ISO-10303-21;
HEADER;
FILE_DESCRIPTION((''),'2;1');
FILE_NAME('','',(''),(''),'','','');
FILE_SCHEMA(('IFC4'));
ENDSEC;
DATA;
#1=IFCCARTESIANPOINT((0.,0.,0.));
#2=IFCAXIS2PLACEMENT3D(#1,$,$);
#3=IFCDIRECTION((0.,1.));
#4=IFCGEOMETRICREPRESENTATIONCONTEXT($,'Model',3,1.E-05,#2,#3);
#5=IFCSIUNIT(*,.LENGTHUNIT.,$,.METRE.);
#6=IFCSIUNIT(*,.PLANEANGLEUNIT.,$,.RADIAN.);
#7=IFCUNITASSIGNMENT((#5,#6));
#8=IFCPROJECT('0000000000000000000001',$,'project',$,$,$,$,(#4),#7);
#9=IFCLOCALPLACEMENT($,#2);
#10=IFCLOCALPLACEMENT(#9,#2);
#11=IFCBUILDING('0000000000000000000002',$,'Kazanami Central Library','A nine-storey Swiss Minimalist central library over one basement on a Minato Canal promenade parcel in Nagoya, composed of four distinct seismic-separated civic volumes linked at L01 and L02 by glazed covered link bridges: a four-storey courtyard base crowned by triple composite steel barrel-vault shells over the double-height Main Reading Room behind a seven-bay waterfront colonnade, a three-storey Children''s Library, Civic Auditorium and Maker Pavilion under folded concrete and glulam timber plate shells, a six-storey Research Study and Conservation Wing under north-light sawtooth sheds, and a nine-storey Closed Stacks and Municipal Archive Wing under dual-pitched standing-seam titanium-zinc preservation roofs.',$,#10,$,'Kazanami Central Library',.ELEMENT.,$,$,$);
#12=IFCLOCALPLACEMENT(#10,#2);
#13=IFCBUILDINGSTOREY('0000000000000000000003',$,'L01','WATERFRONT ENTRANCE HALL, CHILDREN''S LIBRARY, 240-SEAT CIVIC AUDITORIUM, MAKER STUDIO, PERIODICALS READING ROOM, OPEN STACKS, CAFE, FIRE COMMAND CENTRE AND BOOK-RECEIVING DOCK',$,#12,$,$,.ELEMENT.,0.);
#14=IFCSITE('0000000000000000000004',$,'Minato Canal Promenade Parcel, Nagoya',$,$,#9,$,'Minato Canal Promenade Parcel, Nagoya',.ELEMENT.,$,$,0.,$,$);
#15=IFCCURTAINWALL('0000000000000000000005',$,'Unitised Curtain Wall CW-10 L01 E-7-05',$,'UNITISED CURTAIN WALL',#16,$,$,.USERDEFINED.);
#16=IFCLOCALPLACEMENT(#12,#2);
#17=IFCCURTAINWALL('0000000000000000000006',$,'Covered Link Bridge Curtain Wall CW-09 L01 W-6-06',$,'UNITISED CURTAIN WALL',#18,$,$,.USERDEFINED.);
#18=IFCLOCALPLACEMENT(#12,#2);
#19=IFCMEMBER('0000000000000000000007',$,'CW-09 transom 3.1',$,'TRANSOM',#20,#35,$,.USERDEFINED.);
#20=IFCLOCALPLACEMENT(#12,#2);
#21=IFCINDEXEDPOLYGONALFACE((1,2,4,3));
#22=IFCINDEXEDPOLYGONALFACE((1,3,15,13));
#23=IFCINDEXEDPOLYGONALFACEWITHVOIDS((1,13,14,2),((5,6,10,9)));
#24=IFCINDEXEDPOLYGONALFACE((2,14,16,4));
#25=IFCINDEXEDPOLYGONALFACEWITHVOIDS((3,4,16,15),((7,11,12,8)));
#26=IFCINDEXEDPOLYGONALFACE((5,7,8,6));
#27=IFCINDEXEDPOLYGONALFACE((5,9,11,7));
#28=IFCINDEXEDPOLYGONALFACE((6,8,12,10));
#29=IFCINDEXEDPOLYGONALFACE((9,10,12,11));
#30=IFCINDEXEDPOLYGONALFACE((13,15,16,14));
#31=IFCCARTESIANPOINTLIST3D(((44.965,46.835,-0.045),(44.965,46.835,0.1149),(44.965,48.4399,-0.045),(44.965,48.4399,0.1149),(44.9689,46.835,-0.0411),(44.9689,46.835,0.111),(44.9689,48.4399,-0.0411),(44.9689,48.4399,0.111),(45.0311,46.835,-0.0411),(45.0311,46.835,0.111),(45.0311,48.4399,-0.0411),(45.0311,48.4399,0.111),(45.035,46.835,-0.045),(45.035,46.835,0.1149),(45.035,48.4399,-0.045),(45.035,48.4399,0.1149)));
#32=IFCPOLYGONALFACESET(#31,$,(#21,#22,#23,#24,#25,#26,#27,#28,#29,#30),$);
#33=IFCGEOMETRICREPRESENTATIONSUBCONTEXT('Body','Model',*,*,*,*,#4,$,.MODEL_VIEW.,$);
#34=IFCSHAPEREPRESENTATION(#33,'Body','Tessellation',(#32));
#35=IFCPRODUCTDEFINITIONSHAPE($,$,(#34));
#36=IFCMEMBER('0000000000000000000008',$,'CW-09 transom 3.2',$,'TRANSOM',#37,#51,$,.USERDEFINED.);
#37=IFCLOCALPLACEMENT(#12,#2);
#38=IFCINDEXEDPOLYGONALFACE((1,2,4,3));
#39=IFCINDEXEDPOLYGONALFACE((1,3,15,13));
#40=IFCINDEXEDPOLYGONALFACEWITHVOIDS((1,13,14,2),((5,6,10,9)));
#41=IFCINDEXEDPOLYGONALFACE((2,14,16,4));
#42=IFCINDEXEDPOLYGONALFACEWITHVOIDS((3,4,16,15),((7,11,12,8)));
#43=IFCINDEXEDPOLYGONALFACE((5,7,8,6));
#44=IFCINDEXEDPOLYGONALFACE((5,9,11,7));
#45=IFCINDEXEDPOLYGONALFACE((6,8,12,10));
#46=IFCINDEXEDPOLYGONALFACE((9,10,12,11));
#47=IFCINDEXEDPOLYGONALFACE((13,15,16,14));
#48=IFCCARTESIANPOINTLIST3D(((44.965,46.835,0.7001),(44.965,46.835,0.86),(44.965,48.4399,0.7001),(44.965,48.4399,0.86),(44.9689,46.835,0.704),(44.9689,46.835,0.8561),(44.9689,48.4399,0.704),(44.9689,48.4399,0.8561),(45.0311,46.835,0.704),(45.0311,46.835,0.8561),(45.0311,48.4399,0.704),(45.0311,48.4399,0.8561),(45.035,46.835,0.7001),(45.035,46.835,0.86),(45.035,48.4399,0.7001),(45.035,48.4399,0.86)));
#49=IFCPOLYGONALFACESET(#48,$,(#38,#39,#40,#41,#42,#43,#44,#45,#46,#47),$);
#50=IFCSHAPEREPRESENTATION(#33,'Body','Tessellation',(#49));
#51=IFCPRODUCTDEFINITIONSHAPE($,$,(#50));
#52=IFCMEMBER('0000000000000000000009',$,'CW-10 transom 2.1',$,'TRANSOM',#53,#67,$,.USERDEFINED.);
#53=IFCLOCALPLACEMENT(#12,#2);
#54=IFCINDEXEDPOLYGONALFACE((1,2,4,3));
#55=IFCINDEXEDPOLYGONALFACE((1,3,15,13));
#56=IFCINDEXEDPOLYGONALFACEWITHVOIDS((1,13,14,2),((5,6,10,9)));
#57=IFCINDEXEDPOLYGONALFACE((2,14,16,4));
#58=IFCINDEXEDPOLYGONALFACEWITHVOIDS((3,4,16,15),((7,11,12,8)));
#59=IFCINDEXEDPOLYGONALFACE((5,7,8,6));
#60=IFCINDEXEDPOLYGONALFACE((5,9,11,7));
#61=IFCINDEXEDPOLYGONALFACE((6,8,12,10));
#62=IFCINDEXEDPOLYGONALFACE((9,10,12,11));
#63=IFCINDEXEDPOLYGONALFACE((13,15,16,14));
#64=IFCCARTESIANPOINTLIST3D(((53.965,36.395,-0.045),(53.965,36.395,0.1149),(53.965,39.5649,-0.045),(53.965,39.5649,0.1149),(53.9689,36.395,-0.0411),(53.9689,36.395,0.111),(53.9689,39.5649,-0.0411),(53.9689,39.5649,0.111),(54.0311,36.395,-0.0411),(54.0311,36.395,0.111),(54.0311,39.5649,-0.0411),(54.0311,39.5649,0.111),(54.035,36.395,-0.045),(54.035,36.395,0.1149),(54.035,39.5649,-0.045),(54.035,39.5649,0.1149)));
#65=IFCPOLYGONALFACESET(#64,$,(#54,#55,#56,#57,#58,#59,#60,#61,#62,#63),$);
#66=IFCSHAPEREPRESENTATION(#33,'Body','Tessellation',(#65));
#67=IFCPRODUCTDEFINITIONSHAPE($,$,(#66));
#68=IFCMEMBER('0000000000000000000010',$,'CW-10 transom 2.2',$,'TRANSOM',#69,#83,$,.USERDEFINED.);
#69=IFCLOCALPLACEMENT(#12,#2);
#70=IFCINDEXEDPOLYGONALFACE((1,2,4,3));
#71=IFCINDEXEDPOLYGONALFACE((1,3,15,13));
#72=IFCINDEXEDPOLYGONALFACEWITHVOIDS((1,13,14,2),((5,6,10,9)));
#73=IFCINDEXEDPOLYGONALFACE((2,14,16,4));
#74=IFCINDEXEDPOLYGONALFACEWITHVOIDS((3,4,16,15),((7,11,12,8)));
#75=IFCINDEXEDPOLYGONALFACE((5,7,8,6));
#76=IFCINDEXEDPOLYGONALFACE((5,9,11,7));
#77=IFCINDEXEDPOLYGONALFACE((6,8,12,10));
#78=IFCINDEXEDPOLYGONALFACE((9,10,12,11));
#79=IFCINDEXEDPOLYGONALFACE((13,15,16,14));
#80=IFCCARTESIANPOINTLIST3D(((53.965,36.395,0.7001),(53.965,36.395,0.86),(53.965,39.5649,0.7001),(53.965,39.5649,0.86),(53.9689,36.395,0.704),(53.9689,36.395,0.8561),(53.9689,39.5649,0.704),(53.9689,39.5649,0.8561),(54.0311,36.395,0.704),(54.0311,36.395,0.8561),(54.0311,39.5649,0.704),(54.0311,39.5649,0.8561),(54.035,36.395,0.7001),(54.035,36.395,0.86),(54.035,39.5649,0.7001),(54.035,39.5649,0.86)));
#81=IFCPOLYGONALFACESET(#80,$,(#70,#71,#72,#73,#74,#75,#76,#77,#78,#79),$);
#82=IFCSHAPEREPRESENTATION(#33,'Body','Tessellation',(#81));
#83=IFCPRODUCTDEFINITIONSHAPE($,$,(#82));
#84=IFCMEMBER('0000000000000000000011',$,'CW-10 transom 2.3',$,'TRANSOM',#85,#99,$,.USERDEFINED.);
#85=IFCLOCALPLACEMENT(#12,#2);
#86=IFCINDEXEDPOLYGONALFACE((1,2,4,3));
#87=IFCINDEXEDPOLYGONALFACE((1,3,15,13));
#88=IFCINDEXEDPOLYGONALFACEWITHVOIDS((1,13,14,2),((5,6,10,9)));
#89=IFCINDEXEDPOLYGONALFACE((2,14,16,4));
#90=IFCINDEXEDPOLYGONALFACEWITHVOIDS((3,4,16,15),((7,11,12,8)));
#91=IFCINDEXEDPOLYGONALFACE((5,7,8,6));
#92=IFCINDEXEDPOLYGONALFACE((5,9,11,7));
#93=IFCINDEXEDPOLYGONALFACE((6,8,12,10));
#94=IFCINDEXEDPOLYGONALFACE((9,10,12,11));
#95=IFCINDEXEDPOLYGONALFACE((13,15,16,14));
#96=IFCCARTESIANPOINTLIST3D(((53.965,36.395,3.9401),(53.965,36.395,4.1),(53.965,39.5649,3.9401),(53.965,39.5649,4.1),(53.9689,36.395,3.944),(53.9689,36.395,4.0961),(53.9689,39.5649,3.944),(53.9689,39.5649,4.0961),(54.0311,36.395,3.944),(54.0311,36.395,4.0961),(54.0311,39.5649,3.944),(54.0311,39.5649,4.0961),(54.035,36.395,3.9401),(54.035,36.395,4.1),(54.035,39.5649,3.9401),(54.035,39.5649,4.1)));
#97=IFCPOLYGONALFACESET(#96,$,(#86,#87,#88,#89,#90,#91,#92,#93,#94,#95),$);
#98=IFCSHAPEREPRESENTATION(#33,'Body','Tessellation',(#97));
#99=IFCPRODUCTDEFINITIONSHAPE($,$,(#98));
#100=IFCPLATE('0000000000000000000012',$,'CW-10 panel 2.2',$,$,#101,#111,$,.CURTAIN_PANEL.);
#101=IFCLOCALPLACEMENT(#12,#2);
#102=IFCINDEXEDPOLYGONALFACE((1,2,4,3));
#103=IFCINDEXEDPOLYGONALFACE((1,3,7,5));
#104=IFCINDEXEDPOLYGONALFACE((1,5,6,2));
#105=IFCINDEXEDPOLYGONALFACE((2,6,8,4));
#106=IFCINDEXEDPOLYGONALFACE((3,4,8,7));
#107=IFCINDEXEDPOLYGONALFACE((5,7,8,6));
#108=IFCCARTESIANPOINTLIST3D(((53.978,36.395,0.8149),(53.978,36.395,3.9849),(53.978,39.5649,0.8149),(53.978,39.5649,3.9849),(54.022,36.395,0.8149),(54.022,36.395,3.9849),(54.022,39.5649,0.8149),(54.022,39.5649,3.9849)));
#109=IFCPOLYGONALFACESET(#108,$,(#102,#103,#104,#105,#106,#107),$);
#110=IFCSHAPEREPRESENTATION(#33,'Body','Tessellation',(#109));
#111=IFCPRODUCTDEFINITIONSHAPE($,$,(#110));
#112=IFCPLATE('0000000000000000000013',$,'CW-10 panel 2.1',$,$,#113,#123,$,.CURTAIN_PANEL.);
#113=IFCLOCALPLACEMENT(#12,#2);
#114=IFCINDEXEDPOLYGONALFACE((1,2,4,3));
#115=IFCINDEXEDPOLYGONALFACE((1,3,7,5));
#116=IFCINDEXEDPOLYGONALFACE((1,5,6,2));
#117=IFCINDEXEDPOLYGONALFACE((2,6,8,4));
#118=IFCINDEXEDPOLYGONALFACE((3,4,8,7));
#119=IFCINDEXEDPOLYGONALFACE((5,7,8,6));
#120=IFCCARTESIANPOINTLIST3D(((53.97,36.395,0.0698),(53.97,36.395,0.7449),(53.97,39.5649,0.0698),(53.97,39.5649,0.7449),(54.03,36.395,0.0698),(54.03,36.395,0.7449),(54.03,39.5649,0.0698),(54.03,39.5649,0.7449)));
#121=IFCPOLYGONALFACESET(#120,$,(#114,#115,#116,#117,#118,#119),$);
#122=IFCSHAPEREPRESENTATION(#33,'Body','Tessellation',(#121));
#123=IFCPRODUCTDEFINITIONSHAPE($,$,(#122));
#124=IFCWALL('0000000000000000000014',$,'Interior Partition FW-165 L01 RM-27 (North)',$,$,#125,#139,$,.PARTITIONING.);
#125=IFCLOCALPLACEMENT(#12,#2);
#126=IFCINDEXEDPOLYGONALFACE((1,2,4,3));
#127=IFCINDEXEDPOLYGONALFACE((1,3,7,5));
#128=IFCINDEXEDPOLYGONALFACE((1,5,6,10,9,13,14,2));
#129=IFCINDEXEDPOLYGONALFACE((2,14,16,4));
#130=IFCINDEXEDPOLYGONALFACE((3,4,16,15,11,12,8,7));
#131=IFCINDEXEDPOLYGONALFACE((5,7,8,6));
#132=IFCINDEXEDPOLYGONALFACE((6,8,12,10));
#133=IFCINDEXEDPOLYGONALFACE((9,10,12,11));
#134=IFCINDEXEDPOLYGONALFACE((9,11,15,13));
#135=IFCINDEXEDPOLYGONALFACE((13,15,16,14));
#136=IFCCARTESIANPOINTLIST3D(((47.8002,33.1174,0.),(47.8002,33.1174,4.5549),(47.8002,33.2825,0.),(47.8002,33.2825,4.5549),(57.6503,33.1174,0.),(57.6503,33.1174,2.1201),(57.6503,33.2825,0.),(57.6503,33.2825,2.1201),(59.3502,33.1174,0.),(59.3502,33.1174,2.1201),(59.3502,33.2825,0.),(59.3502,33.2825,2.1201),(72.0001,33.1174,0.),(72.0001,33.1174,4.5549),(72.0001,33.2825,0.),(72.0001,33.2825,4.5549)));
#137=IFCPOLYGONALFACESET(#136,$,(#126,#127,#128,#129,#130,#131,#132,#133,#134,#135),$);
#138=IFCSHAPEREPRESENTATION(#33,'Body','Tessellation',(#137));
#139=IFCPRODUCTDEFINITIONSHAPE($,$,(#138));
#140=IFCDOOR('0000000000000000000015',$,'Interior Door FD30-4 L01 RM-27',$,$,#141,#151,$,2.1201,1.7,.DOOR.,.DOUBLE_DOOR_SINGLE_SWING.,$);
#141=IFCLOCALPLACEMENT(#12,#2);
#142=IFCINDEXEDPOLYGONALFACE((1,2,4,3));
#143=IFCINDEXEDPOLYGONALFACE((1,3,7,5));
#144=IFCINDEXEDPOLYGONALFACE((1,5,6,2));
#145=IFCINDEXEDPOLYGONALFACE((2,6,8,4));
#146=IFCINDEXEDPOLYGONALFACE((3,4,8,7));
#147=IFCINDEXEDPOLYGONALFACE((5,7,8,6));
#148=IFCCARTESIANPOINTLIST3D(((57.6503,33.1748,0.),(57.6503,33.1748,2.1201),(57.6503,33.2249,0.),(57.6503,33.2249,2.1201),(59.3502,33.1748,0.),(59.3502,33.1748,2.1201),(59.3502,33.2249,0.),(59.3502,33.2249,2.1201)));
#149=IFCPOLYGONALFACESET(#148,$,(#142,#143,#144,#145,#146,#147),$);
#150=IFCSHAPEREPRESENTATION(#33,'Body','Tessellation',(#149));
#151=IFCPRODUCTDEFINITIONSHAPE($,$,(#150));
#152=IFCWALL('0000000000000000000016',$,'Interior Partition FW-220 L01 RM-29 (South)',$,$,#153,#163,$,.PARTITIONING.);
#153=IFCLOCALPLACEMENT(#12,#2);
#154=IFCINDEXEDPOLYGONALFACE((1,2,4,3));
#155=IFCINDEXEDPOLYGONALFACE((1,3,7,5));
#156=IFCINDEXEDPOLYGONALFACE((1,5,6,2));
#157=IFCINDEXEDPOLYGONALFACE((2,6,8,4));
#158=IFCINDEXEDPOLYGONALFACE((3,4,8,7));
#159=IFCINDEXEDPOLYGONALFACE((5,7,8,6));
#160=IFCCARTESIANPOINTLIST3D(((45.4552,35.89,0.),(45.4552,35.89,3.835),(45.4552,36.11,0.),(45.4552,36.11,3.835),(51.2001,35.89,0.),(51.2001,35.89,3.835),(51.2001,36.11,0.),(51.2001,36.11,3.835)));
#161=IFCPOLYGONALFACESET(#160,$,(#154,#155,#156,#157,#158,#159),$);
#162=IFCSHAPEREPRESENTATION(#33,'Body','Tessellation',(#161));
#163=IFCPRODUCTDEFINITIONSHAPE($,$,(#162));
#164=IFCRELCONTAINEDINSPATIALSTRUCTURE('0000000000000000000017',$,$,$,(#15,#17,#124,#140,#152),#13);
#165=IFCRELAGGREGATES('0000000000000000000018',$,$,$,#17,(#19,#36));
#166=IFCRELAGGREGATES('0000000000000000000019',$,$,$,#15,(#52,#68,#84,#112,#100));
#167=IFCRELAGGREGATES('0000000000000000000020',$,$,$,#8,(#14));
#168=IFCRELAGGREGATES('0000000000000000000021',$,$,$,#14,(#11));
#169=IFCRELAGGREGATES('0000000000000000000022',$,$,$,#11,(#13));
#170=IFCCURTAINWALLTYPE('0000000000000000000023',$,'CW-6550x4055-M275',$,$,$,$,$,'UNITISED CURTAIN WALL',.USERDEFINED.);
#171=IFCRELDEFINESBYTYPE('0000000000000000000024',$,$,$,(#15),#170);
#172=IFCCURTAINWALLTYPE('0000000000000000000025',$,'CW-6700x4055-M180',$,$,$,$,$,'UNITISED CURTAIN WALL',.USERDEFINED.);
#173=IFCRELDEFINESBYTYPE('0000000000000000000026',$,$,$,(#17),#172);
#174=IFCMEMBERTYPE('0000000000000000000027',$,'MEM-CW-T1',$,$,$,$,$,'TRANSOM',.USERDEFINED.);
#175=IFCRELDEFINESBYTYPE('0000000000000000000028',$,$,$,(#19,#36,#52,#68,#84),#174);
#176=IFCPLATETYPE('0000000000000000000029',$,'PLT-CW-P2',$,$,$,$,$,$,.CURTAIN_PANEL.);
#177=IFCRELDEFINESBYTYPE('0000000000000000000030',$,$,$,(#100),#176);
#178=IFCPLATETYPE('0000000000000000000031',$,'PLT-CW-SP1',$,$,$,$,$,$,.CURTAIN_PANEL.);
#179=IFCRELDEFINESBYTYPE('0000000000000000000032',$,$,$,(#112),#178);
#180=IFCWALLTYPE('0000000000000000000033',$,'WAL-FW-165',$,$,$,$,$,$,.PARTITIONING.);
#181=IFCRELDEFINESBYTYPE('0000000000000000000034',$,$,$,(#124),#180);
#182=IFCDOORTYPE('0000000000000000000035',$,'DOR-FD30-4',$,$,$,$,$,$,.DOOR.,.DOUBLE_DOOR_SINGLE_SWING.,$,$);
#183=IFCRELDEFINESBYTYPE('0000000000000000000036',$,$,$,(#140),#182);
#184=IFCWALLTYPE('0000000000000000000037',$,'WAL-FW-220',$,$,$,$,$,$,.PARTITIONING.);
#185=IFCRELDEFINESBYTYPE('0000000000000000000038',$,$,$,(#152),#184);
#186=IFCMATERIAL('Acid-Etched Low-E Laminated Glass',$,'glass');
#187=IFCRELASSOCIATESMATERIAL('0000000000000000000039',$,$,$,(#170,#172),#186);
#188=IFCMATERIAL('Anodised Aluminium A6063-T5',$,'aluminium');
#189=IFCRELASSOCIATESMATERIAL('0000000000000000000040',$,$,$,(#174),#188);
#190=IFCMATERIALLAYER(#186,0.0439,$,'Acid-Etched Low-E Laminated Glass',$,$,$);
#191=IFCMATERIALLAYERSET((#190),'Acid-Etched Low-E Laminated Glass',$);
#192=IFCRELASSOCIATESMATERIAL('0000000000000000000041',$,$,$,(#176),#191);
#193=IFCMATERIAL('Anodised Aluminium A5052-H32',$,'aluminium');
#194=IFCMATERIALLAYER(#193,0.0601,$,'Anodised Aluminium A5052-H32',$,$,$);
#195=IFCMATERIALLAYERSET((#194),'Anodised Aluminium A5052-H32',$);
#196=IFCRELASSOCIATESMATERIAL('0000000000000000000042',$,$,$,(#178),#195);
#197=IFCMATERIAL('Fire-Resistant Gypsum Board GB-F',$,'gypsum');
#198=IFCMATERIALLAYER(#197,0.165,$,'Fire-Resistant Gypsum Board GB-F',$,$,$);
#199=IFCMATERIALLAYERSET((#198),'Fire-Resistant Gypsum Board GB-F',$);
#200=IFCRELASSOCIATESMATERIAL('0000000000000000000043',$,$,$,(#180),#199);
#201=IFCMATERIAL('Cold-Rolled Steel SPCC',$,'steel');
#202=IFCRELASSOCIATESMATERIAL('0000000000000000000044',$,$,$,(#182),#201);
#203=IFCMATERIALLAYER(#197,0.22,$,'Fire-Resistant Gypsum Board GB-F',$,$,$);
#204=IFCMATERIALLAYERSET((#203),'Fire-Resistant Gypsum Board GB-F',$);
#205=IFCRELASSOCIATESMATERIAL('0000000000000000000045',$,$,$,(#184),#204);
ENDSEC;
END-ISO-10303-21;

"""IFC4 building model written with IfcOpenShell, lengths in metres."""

from ifc_helpers import new_model, si_unit, direction, frame, frame_2d, origin, origin_2d, place, context, subcontext, project, spatial, rectangle, hollow_rectangle, extrude, material, layer, layer_set, material_profile, profile_set, type_object, element, fill, aggregate, save


model = new_model("IFC4")

# Units and contexts
model_context = context("Model", 3, precision=1e-05, world=origin(), true_north=direction((0.0, 1.0)))
body_context = subcontext(model_context, "Body", "Model", "MODEL_VIEW")
ifc_project = project(units=[si_unit("LENGTHUNIT", "METRE"), si_unit("PLANEANGLEUNIT", "RADIAN")], contexts=[model_context])

# Site, building, storey
site_placement = place(None, origin())
site = spatial("IfcSite", under=ifc_project, at=site_placement, Name="Minato Canal Promenade Parcel, Nagoya", LongName="Minato Canal Promenade Parcel, Nagoya", CompositionType="ELEMENT", RefElevation=0.0)
building_placement = place(site_placement, origin())
building = spatial("IfcBuilding", under=site, at=building_placement, Name="Kazanami Central Library", Description="A nine-storey Swiss Minimalist central library over one basement on a Minato Canal promenade parcel in Nagoya, composed of four distinct seismic-separated civic volumes linked at L01 and L02 by glazed covered link bridges: a four-storey courtyard base crowned by triple composite steel barrel-vault shells over the double-height Main Reading Room behind a seven-bay waterfront colonnade, a three-storey Children's Library, Civic Auditorium and Maker Pavilion under folded concrete and glulam timber plate shells, a six-storey Research Study and Conservation Wing under north-light sawtooth sheds, and a nine-storey Closed Stacks and Municipal Archive Wing under dual-pitched standing-seam titanium-zinc preservation roofs.", LongName="Kazanami Central Library", CompositionType="ELEMENT")
storey_placement = place(building_placement, origin())
storey = spatial("IfcBuildingStorey", under=building, at=storey_placement, Name="L01", Description="WATERFRONT ENTRANCE HALL, CHILDREN'S LIBRARY, 240-SEAT CIVIC AUDITORIUM, MAKER STUDIO, PERIODICALS READING ROOM, OPEN STACKS, CAFE, FIRE COMMAND CENTRE AND BOOK-RECEIVING DOCK", CompositionType="ELEMENT", Elevation=0.0)

# Curtain wall
ifc_material_1 = material(Name="Acid-Etched Low-E Laminated Glass", Category="glass")
curtain_wall_type_1 = type_object("IfcCurtainWallType", Name="CW-6550x4055-M275", ElementType="UNITISED CURTAIN WALL", PredefinedType="USERDEFINED", material=ifc_material_1)
curtain_wall_1_placement = place(storey_placement, origin())
curtain_wall_1 = element("IfcCurtainWall", 1, at=curtain_wall_1_placement, inside=storey, type_object=curtain_wall_type_1, Name="Unitised Curtain Wall CW-10 L01 E-7-05", ObjectType="UNITISED CURTAIN WALL", PredefinedType="USERDEFINED")
ifc_material_2 = material(Name="Anodised Aluminium A6063-T5", Category="aluminium")

# Curtain wall, members
curtain_wall_type_2 = type_object("IfcCurtainWallType", Name="CW-6700x4055-M180", ElementType="UNITISED CURTAIN WALL", PredefinedType="USERDEFINED", material=ifc_material_1)
curtain_wall_2_placement = place(storey_placement, origin())
curtain_wall_2 = element("IfcCurtainWall", 2, at=curtain_wall_2_placement, inside=storey, type_object=curtain_wall_type_2, Name="Covered Link Bridge Curtain Wall CW-09 L01 W-6-06", ObjectType="UNITISED CURTAIN WALL", PredefinedType="USERDEFINED")
ifc_material_profile_1 = material_profile(ifc_material_2, hollow_rectangle(XDim=0.0701, YDim=0.1599, WallThickness=0.0039, at=origin_2d()), Name="ALU-TRAN-70x160x4")
ifc_profile_set_1 = profile_set([ifc_material_profile_1], Name="Anodised Aluminium A6063-T5")
member_type_1 = type_object("IfcMemberType", Name="MEM-CW-T1", ElementType="TRANSOM", PredefinedType="USERDEFINED", material=ifc_profile_set_1)
member_1_placement = place(storey_placement, frame((45.0, 46.835, 0.0349), z_axis=(0.0, 1.0, 0.0), x_axis=(-1.0, 0.0, 0.0)))
member_1 = element("IfcMember", 3, at=member_1_placement, type_object=member_type_1, Name="CW-09 transom 3.1", ObjectType="TRANSOM", PredefinedType="USERDEFINED", context=body_context, shape_type="SweptSolid", body=[
    extrude(hollow_rectangle(XDim=0.0701, YDim=0.1599, WallThickness=0.0039, at=origin_2d()), origin(), (0.0, 0.0, 1.0), 1.605),
])
member_2_placement = place(storey_placement, frame((45.0, 46.835, 0.78), z_axis=(0.0, 1.0, 0.0), x_axis=(-1.0, 0.0, 0.0)))
member_2 = element("IfcMember", 4, at=member_2_placement, type_object=member_type_1, Name="CW-09 transom 3.2", ObjectType="TRANSOM", PredefinedType="USERDEFINED", context=body_context, shape_type="SweptSolid", body=[
    extrude(hollow_rectangle(XDim=0.0701, YDim=0.1599, WallThickness=0.0039, at=origin_2d()), origin(), (0.0, 0.0, 1.0), 1.605),
])
aggregate(curtain_wall_2, [member_1, member_2])

# Members
member_3_placement = place(storey_placement, frame((54.0, 39.5649, 0.0349), z_axis=(0.0, -1.0, 0.0), x_axis=(1.0, 0.0, 0.0)))
member_3 = element("IfcMember", 5, at=member_3_placement, type_object=member_type_1, Name="CW-10 transom 2.1", ObjectType="TRANSOM", PredefinedType="USERDEFINED", context=body_context, shape_type="SweptSolid", body=[
    extrude(hollow_rectangle(XDim=0.0701, YDim=0.1599, WallThickness=0.0039, at=origin_2d()), origin(), (0.0, 0.0, 1.0), 3.1699),
])
member_4_placement = place(storey_placement, frame((54.0, 39.5649, 0.78), z_axis=(0.0, -1.0, 0.0), x_axis=(1.0, 0.0, 0.0)))
member_4 = element("IfcMember", 6, at=member_4_placement, type_object=member_type_1, Name="CW-10 transom 2.2", ObjectType="TRANSOM", PredefinedType="USERDEFINED", context=body_context, shape_type="SweptSolid", body=[
    extrude(hollow_rectangle(XDim=0.0701, YDim=0.1599, WallThickness=0.0039, at=origin_2d()), origin(), (0.0, 0.0, 1.0), 3.1699),
])
member_5_placement = place(storey_placement, frame((54.0, 39.5649, 4.02), z_axis=(0.0, -1.0, 0.0), x_axis=(1.0, 0.0, 0.0)))
member_5 = element("IfcMember", 7, at=member_5_placement, type_object=member_type_1, Name="CW-10 transom 2.3", ObjectType="TRANSOM", PredefinedType="USERDEFINED", context=body_context, shape_type="SweptSolid", body=[
    extrude(hollow_rectangle(XDim=0.0701, YDim=0.1599, WallThickness=0.0039, at=origin_2d()), origin(), (0.0, 0.0, 1.0), 3.1699),
])

# Plates
ifc_layer_1 = layer(ifc_material_1, 0.0439, Name="Acid-Etched Low-E Laminated Glass")
ifc_layer_set_1 = layer_set([ifc_layer_1], Name="Acid-Etched Low-E Laminated Glass")
plate_type_1 = type_object("IfcPlateType", Name="PLT-CW-P2", PredefinedType="CURTAIN_PANEL", material=ifc_layer_set_1)
plate_1_placement = place(storey_placement, frame((54.0, 37.98, 0.8149), z_axis=(0.0, 0.0, 1.0), x_axis=(0.0, -1.0, 0.0)))
plate_1 = element("IfcPlate", 8, at=plate_1_placement, type_object=plate_type_1, Name="CW-10 panel 2.2", PredefinedType="CURTAIN_PANEL", context=body_context, shape_type="SweptSolid", body=[
    extrude(rectangle(XDim=3.1699, YDim=0.0439, at=origin_2d()), origin(), (0.0, 0.0, 1.0), 3.1699),
])
ifc_material_3 = material(Name="Anodised Aluminium A5052-H32", Category="aluminium")
ifc_layer_2 = layer(ifc_material_3, 0.0601, Name="Anodised Aluminium A5052-H32")
ifc_layer_set_2 = layer_set([ifc_layer_2], Name="Anodised Aluminium A5052-H32")
plate_type_2 = type_object("IfcPlateType", Name="PLT-CW-SP1", PredefinedType="CURTAIN_PANEL", material=ifc_layer_set_2)
plate_2_placement = place(storey_placement, frame((54.0, 37.98, 0.0698), z_axis=(0.0, 0.0, 1.0), x_axis=(0.0, -1.0, 0.0)))
plate_2 = element("IfcPlate", 9, at=plate_2_placement, type_object=plate_type_2, Name="CW-10 panel 2.1", PredefinedType="CURTAIN_PANEL", context=body_context, shape_type="SweptSolid", body=[
    extrude(rectangle(XDim=3.1699, YDim=0.0601, at=origin_2d()), origin(), (0.0, 0.0, 1.0), 0.675),
])
aggregate(curtain_wall_1, [member_3, member_4, member_5, plate_2, plate_1])

# Wall, opening, door
ifc_material_4 = material(Name="Fire-Resistant Gypsum Board GB-F", Category="gypsum")
ifc_layer_3 = layer(ifc_material_4, 0.165, Name="Fire-Resistant Gypsum Board GB-F")
ifc_layer_set_3 = layer_set([ifc_layer_3], Name="Fire-Resistant Gypsum Board GB-F")
wall_type_1 = type_object("IfcWallType", Name="WAL-FW-165", PredefinedType="PARTITIONING", material=ifc_layer_set_3)
wall_1_placement = place(storey_placement, frame((47.8, 33.2, 0.0), z_axis=(0.0, 0.0, 1.0), x_axis=(1.0, 0.0, 0.0)))
wall_1 = element("IfcWall", 10, at=wall_1_placement, inside=storey, type_object=wall_type_1, Name="Interior Partition FW-165 L01 RM-27 (North)", PredefinedType="PARTITIONING", context=body_context, shape_type="SweptSolid", body=[
    extrude(rectangle(XDim=24.2, YDim=0.165, at=frame_2d((12.1001, 0.0))), origin(), (0.0, 0.0, 1.0), 4.5549),
])
opening_1_placement = place(wall_1_placement, frame((9.8501, 0.0, 0.0)))
opening_1 = element("IfcOpeningElement", 11, at=opening_1_placement, cuts=wall_1, PredefinedType="OPENING", context=body_context, shape_type="SweptSolid", body=[
    extrude(rectangle(XDim=1.7, YDim=2.1201, at=frame_2d((0.8501, 1.0601))), frame((0.0, 0.0945, 0.0), z_axis=(0.0, -1.0, 0.0), x_axis=(1.0, 0.0, 0.0)), (0.0, 0.0, 1.0), 0.189),
])
ifc_material_5 = material(Name="Cold-Rolled Steel SPCC", Category="steel")
door_type_1 = type_object("IfcDoorType", Name="DOR-FD30-4", OperationType="DOUBLE_DOOR_SINGLE_SWING", PredefinedType="DOOR", material=ifc_material_5)
door_1_placement = place(opening_1_placement, origin())
door_1 = element("IfcDoor", 12, at=door_1_placement, inside=storey, type_object=door_type_1, Name="Interior Door FD30-4 L01 RM-27", OperationType="DOUBLE_DOOR_SINGLE_SWING", OverallHeight=2.1201, OverallWidth=1.7, PredefinedType="DOOR", context=body_context, shape_type="SweptSolid", body=[
    extrude(rectangle(XDim=1.7, YDim=2.1201, at=frame_2d((0.8501, 1.0601))), frame((0.0, 0.0249, 0.0), z_axis=(0.0, -1.0, 0.0), x_axis=(1.0, 0.0, 0.0)), (0.0, 0.0, 1.0), 0.05),
])
fill(opening_1, door_1)

# Wall
ifc_layer_4 = layer(ifc_material_4, 0.22, Name="Fire-Resistant Gypsum Board GB-F")
ifc_layer_set_4 = layer_set([ifc_layer_4], Name="Fire-Resistant Gypsum Board GB-F")
wall_type_2 = type_object("IfcWallType", Name="WAL-FW-220", PredefinedType="PARTITIONING", material=ifc_layer_set_4)
wall_2_placement = place(storey_placement, frame((45.4551, 36.0, 0.0), z_axis=(0.0, 0.0, 1.0), x_axis=(1.0, 0.0, 0.0)))
element("IfcWall", 13, at=wall_2_placement, inside=storey, type_object=wall_type_2, Name="Interior Partition FW-220 L01 RM-29 (South)", PredefinedType="PARTITIONING", context=body_context, shape_type="SweptSolid", body=[
    extrude(rectangle(XDim=5.7449, YDim=0.22, at=frame_2d((2.8726, 0.0))), origin(), (0.0, 0.0, 1.0), 3.835),
])

save(model, "model.ifc")
